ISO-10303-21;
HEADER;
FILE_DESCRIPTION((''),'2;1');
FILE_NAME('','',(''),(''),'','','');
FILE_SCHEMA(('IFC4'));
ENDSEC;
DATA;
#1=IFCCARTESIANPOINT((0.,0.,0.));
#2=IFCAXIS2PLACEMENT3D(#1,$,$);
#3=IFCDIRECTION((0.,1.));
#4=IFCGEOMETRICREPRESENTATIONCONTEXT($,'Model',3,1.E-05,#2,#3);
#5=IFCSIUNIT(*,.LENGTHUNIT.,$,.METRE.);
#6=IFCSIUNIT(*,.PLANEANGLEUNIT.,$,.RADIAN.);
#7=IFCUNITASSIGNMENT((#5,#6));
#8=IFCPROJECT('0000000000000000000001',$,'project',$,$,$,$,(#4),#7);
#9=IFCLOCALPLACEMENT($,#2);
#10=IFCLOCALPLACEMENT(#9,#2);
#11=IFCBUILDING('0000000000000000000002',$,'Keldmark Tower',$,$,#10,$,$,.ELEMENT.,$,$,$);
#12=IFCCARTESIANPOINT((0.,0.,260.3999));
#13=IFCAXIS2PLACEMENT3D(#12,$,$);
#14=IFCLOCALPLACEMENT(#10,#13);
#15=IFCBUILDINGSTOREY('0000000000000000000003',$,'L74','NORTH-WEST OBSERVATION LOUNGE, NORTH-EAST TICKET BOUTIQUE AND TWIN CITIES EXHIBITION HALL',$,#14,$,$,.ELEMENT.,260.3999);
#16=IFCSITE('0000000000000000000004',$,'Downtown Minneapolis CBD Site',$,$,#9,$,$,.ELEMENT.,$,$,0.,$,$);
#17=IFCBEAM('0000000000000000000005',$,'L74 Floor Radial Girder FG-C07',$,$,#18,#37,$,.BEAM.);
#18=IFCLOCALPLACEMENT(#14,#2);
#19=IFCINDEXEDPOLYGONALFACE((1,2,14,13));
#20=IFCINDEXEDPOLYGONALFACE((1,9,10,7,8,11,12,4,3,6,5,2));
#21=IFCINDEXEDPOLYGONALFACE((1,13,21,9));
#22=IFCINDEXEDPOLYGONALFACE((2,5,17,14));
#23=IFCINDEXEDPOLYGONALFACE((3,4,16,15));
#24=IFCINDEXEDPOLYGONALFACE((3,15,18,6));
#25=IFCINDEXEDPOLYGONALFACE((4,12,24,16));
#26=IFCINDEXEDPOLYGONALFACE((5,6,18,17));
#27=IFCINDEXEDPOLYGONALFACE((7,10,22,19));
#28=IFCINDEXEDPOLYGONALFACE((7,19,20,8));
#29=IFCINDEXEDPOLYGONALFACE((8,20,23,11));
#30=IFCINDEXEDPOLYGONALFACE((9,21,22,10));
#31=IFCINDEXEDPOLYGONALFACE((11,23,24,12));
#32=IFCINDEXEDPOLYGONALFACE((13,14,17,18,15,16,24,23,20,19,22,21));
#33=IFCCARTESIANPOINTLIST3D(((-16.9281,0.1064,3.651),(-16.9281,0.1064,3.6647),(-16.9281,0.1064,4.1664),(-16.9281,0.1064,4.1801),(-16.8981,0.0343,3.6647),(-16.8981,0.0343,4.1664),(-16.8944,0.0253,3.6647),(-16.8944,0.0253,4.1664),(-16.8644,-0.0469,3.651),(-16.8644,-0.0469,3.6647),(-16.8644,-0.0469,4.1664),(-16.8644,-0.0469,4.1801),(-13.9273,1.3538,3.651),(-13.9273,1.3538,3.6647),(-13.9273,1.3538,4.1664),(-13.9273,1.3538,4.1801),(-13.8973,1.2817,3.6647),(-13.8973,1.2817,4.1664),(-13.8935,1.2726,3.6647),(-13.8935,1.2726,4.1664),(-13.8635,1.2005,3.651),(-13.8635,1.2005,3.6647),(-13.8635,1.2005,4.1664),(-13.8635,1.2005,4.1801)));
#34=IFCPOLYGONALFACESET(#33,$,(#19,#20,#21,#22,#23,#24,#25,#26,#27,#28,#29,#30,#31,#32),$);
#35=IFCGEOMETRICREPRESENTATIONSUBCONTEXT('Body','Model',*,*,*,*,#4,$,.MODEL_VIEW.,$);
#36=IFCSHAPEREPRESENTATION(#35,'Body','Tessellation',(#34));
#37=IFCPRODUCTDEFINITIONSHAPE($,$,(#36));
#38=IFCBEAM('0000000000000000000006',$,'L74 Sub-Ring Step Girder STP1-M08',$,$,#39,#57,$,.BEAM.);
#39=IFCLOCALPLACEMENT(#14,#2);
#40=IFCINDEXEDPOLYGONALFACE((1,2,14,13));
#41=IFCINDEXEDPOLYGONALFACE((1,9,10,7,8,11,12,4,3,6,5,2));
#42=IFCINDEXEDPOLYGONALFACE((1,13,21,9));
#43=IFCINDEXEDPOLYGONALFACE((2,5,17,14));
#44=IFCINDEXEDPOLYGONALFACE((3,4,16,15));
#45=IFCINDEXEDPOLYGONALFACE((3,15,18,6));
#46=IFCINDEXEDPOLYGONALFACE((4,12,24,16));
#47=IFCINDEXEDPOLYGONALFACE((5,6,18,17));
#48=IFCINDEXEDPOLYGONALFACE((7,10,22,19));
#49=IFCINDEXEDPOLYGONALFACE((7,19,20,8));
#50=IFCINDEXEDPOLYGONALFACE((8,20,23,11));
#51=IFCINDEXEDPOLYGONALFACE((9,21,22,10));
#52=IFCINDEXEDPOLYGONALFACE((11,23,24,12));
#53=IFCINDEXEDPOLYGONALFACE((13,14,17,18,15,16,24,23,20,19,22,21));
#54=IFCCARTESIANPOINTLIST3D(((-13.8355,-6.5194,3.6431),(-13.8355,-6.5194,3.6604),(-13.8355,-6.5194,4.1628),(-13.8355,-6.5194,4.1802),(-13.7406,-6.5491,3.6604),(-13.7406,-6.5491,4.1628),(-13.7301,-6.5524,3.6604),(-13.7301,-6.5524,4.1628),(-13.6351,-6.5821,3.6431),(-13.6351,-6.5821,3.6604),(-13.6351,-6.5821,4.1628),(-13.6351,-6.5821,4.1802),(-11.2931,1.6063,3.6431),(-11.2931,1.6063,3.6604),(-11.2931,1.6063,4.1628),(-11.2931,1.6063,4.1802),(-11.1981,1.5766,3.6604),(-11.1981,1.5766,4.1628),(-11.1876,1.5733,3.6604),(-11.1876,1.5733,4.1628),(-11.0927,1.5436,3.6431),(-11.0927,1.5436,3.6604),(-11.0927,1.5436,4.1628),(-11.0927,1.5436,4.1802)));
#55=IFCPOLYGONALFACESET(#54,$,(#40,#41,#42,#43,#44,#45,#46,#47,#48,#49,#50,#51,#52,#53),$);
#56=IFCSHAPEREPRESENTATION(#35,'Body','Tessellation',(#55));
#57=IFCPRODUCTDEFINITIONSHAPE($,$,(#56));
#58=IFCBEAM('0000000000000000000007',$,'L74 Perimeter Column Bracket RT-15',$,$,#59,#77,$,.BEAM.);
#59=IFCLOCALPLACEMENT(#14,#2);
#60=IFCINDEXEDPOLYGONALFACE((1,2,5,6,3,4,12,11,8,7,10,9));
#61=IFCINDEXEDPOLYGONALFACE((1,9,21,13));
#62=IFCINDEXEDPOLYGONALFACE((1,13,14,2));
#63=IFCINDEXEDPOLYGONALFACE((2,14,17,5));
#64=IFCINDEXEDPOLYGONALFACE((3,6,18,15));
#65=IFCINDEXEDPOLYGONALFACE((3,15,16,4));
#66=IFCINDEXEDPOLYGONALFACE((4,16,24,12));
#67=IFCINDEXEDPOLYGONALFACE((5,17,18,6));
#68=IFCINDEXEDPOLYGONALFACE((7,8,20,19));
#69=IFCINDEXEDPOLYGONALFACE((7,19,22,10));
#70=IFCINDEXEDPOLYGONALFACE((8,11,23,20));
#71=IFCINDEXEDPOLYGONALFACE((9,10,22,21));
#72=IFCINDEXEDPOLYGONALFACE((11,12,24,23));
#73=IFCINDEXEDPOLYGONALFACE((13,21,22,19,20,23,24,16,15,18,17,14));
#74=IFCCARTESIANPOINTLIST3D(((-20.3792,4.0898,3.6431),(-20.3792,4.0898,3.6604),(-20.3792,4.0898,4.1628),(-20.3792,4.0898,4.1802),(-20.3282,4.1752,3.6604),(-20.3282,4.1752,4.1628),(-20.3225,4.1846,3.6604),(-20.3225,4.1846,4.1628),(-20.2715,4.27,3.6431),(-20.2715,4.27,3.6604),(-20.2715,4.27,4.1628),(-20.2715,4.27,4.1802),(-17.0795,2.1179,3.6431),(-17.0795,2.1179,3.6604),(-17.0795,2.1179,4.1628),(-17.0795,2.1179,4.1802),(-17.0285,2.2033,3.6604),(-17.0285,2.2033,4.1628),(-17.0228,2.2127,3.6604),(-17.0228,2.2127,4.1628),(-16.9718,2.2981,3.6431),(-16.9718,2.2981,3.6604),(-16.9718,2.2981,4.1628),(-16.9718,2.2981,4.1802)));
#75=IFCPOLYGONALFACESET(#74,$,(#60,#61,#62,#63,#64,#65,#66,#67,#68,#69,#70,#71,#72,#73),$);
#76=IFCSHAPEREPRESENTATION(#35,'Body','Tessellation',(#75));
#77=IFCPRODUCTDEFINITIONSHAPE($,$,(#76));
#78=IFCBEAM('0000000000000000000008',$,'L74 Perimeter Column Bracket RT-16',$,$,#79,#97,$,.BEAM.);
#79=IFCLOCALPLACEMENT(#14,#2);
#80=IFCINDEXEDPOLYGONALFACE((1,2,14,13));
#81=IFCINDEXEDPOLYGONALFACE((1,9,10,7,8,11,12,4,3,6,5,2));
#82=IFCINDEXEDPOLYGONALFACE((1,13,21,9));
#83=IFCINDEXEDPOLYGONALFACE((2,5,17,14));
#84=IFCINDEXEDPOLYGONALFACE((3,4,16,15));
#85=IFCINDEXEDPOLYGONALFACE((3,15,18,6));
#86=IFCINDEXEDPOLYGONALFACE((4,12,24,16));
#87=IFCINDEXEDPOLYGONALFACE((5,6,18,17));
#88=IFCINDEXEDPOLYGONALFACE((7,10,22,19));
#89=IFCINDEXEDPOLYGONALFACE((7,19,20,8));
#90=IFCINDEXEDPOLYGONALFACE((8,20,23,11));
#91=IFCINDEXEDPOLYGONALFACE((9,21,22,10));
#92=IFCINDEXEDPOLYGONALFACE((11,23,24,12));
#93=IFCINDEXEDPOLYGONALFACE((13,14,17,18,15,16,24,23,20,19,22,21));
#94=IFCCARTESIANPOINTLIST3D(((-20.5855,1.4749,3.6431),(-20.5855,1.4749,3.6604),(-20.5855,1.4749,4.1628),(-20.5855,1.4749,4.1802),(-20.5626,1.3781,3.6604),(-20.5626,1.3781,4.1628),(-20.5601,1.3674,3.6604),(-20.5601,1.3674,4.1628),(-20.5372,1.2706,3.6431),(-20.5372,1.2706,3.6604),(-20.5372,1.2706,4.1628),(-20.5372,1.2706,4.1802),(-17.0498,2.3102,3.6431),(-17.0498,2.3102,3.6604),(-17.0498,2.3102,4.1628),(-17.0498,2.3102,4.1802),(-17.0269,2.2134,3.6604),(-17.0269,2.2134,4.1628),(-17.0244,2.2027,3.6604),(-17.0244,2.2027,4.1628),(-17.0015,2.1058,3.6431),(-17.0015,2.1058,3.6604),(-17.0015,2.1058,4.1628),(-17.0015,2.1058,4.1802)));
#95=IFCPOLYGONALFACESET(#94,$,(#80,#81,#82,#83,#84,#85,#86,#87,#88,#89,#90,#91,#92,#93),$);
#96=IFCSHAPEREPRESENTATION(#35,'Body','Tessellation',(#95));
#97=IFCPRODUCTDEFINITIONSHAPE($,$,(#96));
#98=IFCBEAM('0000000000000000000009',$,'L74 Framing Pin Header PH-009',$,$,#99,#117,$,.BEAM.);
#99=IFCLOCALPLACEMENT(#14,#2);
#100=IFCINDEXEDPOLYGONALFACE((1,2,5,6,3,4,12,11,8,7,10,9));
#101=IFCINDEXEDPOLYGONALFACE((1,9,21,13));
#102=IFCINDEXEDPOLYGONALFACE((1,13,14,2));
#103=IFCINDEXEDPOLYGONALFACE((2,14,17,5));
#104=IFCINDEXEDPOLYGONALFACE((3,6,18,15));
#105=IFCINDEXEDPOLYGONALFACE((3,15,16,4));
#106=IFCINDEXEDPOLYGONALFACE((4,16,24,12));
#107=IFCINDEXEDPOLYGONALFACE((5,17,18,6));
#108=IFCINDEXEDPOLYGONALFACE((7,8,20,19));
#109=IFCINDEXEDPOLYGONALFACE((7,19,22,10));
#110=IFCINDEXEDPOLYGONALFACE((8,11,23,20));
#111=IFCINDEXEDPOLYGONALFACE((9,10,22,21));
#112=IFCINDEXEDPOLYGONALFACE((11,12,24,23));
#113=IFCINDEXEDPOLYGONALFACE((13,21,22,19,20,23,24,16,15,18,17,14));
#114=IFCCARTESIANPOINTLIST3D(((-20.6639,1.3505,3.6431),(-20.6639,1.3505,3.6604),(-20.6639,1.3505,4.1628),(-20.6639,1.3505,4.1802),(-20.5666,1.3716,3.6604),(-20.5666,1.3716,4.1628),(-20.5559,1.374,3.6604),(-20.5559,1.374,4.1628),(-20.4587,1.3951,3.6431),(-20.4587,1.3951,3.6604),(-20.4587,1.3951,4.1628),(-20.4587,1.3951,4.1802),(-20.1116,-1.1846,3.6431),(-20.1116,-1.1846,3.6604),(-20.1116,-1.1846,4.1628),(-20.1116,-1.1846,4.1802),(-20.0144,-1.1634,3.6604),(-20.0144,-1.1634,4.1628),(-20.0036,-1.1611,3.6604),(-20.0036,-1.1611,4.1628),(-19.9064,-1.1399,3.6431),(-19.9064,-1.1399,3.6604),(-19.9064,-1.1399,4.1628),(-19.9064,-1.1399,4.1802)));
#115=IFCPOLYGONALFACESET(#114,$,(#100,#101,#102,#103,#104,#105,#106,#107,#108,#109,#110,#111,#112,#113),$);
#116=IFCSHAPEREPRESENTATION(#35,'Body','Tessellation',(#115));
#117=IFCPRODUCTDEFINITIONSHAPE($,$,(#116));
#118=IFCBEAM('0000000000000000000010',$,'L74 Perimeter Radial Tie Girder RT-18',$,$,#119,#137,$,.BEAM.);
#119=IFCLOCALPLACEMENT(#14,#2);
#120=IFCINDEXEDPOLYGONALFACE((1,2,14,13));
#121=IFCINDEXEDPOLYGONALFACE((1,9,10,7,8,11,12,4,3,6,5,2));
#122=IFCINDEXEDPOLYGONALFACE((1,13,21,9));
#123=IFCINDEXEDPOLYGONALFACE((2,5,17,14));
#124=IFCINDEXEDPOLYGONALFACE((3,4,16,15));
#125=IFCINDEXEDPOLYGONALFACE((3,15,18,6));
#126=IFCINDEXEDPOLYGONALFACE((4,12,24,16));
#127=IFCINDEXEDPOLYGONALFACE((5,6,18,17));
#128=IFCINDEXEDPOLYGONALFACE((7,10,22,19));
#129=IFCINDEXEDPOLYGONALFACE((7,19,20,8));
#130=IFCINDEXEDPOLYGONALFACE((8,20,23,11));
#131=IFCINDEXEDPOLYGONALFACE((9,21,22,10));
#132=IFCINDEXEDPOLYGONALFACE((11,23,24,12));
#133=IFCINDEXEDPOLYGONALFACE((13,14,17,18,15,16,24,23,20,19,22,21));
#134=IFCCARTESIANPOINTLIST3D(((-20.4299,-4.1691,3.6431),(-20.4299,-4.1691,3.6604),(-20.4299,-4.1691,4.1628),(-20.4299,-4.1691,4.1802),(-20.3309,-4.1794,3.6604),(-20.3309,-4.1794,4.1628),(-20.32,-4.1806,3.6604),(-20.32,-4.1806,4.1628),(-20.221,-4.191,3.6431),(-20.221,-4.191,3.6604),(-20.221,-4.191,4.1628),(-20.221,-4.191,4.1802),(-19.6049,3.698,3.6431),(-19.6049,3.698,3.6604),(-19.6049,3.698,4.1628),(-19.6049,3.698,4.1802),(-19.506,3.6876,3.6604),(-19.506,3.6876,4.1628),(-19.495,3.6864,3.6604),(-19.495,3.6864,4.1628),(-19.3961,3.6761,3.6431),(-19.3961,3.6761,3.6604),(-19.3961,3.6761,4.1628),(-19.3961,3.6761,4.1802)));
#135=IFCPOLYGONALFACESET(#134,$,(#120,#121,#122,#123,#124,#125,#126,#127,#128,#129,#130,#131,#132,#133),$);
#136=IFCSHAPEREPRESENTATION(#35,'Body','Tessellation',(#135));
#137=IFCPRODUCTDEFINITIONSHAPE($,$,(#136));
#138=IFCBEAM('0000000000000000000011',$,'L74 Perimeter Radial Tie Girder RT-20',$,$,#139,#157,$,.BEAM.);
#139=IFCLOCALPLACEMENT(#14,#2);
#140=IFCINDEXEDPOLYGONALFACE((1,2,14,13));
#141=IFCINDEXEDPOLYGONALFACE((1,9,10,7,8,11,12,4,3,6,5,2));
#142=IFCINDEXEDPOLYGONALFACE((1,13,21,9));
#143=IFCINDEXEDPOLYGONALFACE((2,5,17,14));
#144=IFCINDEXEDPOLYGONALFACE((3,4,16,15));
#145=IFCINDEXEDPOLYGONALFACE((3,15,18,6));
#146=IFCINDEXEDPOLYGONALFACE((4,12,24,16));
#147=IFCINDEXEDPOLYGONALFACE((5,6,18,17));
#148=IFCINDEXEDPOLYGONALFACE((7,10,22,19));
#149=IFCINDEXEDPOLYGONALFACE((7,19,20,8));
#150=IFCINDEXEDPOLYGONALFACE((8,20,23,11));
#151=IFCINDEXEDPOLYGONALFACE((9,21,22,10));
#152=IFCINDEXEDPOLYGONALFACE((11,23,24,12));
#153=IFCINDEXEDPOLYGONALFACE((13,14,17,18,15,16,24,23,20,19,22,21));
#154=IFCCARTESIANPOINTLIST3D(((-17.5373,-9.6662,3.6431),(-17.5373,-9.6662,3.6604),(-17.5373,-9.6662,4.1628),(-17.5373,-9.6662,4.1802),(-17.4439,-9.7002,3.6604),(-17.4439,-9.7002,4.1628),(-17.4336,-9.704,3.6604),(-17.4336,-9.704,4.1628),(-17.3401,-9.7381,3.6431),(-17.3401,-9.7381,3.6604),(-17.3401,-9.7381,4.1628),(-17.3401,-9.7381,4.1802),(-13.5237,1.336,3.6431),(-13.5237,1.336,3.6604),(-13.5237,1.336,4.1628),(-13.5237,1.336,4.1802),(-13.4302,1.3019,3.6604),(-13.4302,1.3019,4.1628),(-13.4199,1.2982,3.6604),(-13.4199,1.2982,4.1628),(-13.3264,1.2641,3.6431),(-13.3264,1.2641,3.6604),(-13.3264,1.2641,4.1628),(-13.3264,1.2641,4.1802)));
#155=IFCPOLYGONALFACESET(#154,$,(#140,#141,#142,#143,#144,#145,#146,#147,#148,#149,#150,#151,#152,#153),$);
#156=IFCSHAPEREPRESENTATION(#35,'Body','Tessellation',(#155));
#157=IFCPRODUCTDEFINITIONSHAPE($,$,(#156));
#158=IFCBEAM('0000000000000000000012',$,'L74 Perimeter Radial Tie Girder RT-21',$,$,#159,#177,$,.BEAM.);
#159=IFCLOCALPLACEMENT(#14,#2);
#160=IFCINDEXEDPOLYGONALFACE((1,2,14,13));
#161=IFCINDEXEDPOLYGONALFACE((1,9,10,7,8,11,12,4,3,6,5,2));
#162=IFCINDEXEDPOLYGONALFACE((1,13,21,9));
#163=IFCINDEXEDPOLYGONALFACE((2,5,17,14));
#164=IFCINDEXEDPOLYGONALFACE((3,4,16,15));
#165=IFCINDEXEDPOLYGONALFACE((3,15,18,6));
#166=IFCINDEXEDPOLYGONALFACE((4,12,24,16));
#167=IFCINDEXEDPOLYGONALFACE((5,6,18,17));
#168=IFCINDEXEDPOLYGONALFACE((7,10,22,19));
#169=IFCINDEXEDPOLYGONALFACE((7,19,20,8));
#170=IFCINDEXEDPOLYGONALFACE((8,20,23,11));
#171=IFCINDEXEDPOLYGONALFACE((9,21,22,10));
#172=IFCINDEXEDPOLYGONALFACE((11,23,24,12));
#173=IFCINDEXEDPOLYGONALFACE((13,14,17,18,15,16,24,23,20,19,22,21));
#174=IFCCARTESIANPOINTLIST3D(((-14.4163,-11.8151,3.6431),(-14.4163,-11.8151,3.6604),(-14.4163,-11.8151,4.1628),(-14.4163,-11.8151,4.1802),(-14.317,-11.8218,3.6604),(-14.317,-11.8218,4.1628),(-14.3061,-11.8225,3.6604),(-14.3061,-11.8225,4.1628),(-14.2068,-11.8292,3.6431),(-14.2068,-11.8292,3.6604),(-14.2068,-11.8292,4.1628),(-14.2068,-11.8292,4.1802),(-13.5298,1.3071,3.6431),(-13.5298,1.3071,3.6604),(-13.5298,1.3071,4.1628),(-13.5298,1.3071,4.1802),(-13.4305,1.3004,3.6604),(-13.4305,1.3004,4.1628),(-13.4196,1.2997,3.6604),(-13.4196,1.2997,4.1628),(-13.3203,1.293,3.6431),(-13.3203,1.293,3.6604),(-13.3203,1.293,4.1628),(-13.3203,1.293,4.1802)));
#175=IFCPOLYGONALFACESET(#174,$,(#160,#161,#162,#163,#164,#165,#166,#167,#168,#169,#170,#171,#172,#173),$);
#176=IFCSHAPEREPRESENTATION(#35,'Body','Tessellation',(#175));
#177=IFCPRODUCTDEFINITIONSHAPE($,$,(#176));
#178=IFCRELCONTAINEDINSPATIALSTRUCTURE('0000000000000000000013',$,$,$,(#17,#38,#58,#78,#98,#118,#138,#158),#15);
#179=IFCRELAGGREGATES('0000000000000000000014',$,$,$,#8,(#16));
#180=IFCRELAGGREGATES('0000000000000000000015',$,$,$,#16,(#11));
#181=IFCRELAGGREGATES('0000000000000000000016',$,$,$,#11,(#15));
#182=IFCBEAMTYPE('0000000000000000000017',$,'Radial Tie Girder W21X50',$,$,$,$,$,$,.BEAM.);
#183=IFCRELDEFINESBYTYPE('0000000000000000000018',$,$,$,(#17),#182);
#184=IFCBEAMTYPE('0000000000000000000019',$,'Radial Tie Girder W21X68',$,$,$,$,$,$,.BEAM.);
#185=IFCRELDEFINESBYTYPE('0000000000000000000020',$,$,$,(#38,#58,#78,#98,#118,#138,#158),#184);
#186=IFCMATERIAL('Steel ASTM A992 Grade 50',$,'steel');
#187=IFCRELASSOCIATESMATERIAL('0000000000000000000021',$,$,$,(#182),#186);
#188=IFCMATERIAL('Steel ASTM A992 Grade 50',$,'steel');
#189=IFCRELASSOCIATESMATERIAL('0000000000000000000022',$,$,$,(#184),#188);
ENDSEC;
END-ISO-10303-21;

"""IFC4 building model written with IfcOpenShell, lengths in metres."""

from ifc_helpers import new_model, si_unit, direction, frame, origin, origin_2d, place, context, subcontext, project, spatial, i_section, extrude, material, material_profile, profile_set, type_object, element, save


model = new_model("IFC4")

# Units and contexts
model_context = context("Model", 3, precision=1e-05, world=origin(), true_north=direction((0.0, 1.0)))
body_context = subcontext(model_context, "Body", "Model", "MODEL_VIEW")
ifc_project = project(units=[si_unit("LENGTHUNIT", "METRE"), si_unit("PLANEANGLEUNIT", "RADIAN")], contexts=[model_context])

# Site, building, storey
site_placement = place(None, origin())
site = spatial("IfcSite", under=ifc_project, at=site_placement, Name="Downtown Minneapolis CBD Site", CompositionType="ELEMENT", RefElevation=0.0)
building_placement = place(site_placement, origin())
building = spatial("IfcBuilding", under=site, at=building_placement, Name="Keldmark Tower", CompositionType="ELEMENT")
storey_placement = place(building_placement, frame((0.0, 0.0, 260.3999)))
storey = spatial("IfcBuildingStorey", under=building, at=storey_placement, Name="L74", Description="NORTH-WEST OBSERVATION LOUNGE, NORTH-EAST TICKET BOUTIQUE AND TWIN CITIES EXHIBITION HALL", CompositionType="ELEMENT", Elevation=260.3999)

# Beams
ifc_material_1 = material(Name="Steel ASTM A992 Grade 50", Category="steel")
ifc_material_profile_1 = material_profile(ifc_material_1, i_section(OverallWidth=0.166, OverallDepth=0.5291, WebThickness=0.0098, FlangeThickness=0.0137, at=origin_2d()), Name="W21X50")
ifc_profile_set_1 = profile_set([ifc_material_profile_1], Name="Steel ASTM A992 Grade 50")
beam_type_1 = type_object("IfcBeamType", Name="Radial Tie Girder W21X50", PredefinedType="BEAM", material=ifc_profile_set_1)
beam_1_placement = place(storey_placement, frame((-16.8962, 0.0298, 3.9155), z_axis=(0.923403, 0.383831, 0.0), x_axis=(-0.383831, 0.923403, 0.0)))
element("IfcBeam", 1, at=beam_1_placement, inside=storey, type_object=beam_type_1, Name="L74 Floor Radial Girder FG-C07", PredefinedType="BEAM", context=body_context, shape_type="SweptSolid", body=[
    extrude(i_section(OverallWidth=0.166, OverallDepth=0.5291, WebThickness=0.0098, FlangeThickness=0.0137, at=origin_2d()), origin(), (0.0, 0.0, 1.0), 3.2498),
])
ifc_material_2 = material(Name="Steel ASTM A992 Grade 50", Category="steel")
ifc_material_profile_2 = material_profile(ifc_material_2, i_section(OverallWidth=0.21, OverallDepth=0.5371, WebThickness=0.011, FlangeThickness=0.0173, at=origin_2d()), Name="W21X68")
ifc_profile_set_2 = profile_set([ifc_material_profile_2], Name="Steel ASTM A992 Grade 50")
beam_type_2 = type_object("IfcBeamType", Name="Radial Tie Girder W21X68", PredefinedType="BEAM", material=ifc_profile_set_2)
beam_2_placement = place(storey_placement, frame((-11.1929, 1.575, 3.9116), z_axis=(-0.298616, -0.954373, 0.0), x_axis=(0.954373, -0.298616, 0.0)))
element("IfcBeam", 2, at=beam_2_placement, inside=storey, type_object=beam_type_2, Name="L74 Sub-Ring Step Girder STP1-M08", PredefinedType="BEAM", context=body_context, shape_type="SweptSolid", body=[
    extrude(i_section(OverallWidth=0.21, OverallDepth=0.5371, WebThickness=0.011, FlangeThickness=0.0173, at=origin_2d()), origin(), (0.0, 0.0, 1.0), 8.5142),
])
beam_3_placement = place(storey_placement, frame((-17.0256, 2.208, 3.9116), z_axis=(-0.858405, 0.512973, 0.0), x_axis=(-0.512973, -0.858405, 0.0)))
element("IfcBeam", 3, at=beam_3_placement, inside=storey, type_object=beam_type_2, Name="L74 Perimeter Column Bracket RT-15", PredefinedType="BEAM", context=body_context, shape_type="SweptSolid", body=[
    extrude(i_section(OverallWidth=0.21, OverallDepth=0.5371, WebThickness=0.011, FlangeThickness=0.0173, at=origin_2d()), origin(), (0.0, 0.0, 1.0), 3.844),
])
beam_4_placement = place(storey_placement, frame((-17.0256, 2.208, 3.9116), z_axis=(-0.973215, -0.229897, 0.0), x_axis=(0.229897, -0.973215, 0.0)))
element("IfcBeam", 4, at=beam_4_placement, inside=storey, type_object=beam_type_2, Name="L74 Perimeter Column Bracket RT-16", PredefinedType="BEAM", context=body_context, shape_type="SweptSolid", body=[
    extrude(i_section(OverallWidth=0.21, OverallDepth=0.5371, WebThickness=0.011, FlangeThickness=0.0173, at=origin_2d()), origin(), (0.0, 0.0, 1.0), 3.6331),
])
beam_5_placement = place(storey_placement, frame((-20.5613, 1.3728, 3.9116), z_axis=(0.212863, -0.977082, 0.0), x_axis=(0.977082, 0.212863, 0.0)))
element("IfcBeam", 5, at=beam_5_placement, inside=storey, type_object=beam_type_2, Name="L74 Framing Pin Header PH-009", PredefinedType="BEAM", context=body_context, shape_type="SweptSolid", body=[
    extrude(i_section(OverallWidth=0.21, OverallDepth=0.5371, WebThickness=0.011, FlangeThickness=0.0173, at=origin_2d()), origin(), (0.0, 0.0, 1.0), 2.5945),
])
beam_6_placement = place(storey_placement, frame((-19.5005, 3.687, 3.9116), z_axis=(-0.104291, -0.994547, 0.0), x_axis=(0.994547, -0.104291, 0.0)))
element("IfcBeam", 6, at=beam_6_placement, inside=storey, type_object=beam_type_2, Name="L74 Perimeter Radial Tie Girder RT-18", PredefinedType="BEAM", context=body_context, shape_type="SweptSolid", body=[
    extrude(i_section(OverallWidth=0.21, OverallDepth=0.5371, WebThickness=0.011, FlangeThickness=0.0173, at=origin_2d()), origin(), (0.0, 0.0, 1.0), 7.9102),
])
beam_7_placement = place(storey_placement, frame((-13.425, 1.3, 3.9116), z_axis=(-0.342714, -0.93944, 0.0), x_axis=(0.93944, -0.342714, 0.0)))
element("IfcBeam", 7, at=beam_7_placement, inside=storey, type_object=beam_type_2, Name="L74 Perimeter Radial Tie Girder RT-20", PredefinedType="BEAM", context=body_context, shape_type="SweptSolid", body=[
    extrude(i_section(OverallWidth=0.21, OverallDepth=0.5371, WebThickness=0.011, FlangeThickness=0.0173, at=origin_2d()), origin(), (0.0, 0.0, 1.0), 11.7114),
])
beam_8_placement = place(storey_placement, frame((-13.425, 1.3, 3.9116), z_axis=(-0.067402, -0.997726, 0.0), x_axis=(0.997726, -0.067402, 0.0)))
element("IfcBeam", 8, at=beam_8_placement, inside=storey, type_object=beam_type_2, Name="L74 Perimeter Radial Tie Girder RT-21", PredefinedType="BEAM", context=body_context, shape_type="SweptSolid", body=[
    extrude(i_section(OverallWidth=0.21, OverallDepth=0.5371, WebThickness=0.011, FlangeThickness=0.0173, at=origin_2d()), origin(), (0.0, 0.0, 1.0), 13.1521),
])

save(model, "model.ifc")
